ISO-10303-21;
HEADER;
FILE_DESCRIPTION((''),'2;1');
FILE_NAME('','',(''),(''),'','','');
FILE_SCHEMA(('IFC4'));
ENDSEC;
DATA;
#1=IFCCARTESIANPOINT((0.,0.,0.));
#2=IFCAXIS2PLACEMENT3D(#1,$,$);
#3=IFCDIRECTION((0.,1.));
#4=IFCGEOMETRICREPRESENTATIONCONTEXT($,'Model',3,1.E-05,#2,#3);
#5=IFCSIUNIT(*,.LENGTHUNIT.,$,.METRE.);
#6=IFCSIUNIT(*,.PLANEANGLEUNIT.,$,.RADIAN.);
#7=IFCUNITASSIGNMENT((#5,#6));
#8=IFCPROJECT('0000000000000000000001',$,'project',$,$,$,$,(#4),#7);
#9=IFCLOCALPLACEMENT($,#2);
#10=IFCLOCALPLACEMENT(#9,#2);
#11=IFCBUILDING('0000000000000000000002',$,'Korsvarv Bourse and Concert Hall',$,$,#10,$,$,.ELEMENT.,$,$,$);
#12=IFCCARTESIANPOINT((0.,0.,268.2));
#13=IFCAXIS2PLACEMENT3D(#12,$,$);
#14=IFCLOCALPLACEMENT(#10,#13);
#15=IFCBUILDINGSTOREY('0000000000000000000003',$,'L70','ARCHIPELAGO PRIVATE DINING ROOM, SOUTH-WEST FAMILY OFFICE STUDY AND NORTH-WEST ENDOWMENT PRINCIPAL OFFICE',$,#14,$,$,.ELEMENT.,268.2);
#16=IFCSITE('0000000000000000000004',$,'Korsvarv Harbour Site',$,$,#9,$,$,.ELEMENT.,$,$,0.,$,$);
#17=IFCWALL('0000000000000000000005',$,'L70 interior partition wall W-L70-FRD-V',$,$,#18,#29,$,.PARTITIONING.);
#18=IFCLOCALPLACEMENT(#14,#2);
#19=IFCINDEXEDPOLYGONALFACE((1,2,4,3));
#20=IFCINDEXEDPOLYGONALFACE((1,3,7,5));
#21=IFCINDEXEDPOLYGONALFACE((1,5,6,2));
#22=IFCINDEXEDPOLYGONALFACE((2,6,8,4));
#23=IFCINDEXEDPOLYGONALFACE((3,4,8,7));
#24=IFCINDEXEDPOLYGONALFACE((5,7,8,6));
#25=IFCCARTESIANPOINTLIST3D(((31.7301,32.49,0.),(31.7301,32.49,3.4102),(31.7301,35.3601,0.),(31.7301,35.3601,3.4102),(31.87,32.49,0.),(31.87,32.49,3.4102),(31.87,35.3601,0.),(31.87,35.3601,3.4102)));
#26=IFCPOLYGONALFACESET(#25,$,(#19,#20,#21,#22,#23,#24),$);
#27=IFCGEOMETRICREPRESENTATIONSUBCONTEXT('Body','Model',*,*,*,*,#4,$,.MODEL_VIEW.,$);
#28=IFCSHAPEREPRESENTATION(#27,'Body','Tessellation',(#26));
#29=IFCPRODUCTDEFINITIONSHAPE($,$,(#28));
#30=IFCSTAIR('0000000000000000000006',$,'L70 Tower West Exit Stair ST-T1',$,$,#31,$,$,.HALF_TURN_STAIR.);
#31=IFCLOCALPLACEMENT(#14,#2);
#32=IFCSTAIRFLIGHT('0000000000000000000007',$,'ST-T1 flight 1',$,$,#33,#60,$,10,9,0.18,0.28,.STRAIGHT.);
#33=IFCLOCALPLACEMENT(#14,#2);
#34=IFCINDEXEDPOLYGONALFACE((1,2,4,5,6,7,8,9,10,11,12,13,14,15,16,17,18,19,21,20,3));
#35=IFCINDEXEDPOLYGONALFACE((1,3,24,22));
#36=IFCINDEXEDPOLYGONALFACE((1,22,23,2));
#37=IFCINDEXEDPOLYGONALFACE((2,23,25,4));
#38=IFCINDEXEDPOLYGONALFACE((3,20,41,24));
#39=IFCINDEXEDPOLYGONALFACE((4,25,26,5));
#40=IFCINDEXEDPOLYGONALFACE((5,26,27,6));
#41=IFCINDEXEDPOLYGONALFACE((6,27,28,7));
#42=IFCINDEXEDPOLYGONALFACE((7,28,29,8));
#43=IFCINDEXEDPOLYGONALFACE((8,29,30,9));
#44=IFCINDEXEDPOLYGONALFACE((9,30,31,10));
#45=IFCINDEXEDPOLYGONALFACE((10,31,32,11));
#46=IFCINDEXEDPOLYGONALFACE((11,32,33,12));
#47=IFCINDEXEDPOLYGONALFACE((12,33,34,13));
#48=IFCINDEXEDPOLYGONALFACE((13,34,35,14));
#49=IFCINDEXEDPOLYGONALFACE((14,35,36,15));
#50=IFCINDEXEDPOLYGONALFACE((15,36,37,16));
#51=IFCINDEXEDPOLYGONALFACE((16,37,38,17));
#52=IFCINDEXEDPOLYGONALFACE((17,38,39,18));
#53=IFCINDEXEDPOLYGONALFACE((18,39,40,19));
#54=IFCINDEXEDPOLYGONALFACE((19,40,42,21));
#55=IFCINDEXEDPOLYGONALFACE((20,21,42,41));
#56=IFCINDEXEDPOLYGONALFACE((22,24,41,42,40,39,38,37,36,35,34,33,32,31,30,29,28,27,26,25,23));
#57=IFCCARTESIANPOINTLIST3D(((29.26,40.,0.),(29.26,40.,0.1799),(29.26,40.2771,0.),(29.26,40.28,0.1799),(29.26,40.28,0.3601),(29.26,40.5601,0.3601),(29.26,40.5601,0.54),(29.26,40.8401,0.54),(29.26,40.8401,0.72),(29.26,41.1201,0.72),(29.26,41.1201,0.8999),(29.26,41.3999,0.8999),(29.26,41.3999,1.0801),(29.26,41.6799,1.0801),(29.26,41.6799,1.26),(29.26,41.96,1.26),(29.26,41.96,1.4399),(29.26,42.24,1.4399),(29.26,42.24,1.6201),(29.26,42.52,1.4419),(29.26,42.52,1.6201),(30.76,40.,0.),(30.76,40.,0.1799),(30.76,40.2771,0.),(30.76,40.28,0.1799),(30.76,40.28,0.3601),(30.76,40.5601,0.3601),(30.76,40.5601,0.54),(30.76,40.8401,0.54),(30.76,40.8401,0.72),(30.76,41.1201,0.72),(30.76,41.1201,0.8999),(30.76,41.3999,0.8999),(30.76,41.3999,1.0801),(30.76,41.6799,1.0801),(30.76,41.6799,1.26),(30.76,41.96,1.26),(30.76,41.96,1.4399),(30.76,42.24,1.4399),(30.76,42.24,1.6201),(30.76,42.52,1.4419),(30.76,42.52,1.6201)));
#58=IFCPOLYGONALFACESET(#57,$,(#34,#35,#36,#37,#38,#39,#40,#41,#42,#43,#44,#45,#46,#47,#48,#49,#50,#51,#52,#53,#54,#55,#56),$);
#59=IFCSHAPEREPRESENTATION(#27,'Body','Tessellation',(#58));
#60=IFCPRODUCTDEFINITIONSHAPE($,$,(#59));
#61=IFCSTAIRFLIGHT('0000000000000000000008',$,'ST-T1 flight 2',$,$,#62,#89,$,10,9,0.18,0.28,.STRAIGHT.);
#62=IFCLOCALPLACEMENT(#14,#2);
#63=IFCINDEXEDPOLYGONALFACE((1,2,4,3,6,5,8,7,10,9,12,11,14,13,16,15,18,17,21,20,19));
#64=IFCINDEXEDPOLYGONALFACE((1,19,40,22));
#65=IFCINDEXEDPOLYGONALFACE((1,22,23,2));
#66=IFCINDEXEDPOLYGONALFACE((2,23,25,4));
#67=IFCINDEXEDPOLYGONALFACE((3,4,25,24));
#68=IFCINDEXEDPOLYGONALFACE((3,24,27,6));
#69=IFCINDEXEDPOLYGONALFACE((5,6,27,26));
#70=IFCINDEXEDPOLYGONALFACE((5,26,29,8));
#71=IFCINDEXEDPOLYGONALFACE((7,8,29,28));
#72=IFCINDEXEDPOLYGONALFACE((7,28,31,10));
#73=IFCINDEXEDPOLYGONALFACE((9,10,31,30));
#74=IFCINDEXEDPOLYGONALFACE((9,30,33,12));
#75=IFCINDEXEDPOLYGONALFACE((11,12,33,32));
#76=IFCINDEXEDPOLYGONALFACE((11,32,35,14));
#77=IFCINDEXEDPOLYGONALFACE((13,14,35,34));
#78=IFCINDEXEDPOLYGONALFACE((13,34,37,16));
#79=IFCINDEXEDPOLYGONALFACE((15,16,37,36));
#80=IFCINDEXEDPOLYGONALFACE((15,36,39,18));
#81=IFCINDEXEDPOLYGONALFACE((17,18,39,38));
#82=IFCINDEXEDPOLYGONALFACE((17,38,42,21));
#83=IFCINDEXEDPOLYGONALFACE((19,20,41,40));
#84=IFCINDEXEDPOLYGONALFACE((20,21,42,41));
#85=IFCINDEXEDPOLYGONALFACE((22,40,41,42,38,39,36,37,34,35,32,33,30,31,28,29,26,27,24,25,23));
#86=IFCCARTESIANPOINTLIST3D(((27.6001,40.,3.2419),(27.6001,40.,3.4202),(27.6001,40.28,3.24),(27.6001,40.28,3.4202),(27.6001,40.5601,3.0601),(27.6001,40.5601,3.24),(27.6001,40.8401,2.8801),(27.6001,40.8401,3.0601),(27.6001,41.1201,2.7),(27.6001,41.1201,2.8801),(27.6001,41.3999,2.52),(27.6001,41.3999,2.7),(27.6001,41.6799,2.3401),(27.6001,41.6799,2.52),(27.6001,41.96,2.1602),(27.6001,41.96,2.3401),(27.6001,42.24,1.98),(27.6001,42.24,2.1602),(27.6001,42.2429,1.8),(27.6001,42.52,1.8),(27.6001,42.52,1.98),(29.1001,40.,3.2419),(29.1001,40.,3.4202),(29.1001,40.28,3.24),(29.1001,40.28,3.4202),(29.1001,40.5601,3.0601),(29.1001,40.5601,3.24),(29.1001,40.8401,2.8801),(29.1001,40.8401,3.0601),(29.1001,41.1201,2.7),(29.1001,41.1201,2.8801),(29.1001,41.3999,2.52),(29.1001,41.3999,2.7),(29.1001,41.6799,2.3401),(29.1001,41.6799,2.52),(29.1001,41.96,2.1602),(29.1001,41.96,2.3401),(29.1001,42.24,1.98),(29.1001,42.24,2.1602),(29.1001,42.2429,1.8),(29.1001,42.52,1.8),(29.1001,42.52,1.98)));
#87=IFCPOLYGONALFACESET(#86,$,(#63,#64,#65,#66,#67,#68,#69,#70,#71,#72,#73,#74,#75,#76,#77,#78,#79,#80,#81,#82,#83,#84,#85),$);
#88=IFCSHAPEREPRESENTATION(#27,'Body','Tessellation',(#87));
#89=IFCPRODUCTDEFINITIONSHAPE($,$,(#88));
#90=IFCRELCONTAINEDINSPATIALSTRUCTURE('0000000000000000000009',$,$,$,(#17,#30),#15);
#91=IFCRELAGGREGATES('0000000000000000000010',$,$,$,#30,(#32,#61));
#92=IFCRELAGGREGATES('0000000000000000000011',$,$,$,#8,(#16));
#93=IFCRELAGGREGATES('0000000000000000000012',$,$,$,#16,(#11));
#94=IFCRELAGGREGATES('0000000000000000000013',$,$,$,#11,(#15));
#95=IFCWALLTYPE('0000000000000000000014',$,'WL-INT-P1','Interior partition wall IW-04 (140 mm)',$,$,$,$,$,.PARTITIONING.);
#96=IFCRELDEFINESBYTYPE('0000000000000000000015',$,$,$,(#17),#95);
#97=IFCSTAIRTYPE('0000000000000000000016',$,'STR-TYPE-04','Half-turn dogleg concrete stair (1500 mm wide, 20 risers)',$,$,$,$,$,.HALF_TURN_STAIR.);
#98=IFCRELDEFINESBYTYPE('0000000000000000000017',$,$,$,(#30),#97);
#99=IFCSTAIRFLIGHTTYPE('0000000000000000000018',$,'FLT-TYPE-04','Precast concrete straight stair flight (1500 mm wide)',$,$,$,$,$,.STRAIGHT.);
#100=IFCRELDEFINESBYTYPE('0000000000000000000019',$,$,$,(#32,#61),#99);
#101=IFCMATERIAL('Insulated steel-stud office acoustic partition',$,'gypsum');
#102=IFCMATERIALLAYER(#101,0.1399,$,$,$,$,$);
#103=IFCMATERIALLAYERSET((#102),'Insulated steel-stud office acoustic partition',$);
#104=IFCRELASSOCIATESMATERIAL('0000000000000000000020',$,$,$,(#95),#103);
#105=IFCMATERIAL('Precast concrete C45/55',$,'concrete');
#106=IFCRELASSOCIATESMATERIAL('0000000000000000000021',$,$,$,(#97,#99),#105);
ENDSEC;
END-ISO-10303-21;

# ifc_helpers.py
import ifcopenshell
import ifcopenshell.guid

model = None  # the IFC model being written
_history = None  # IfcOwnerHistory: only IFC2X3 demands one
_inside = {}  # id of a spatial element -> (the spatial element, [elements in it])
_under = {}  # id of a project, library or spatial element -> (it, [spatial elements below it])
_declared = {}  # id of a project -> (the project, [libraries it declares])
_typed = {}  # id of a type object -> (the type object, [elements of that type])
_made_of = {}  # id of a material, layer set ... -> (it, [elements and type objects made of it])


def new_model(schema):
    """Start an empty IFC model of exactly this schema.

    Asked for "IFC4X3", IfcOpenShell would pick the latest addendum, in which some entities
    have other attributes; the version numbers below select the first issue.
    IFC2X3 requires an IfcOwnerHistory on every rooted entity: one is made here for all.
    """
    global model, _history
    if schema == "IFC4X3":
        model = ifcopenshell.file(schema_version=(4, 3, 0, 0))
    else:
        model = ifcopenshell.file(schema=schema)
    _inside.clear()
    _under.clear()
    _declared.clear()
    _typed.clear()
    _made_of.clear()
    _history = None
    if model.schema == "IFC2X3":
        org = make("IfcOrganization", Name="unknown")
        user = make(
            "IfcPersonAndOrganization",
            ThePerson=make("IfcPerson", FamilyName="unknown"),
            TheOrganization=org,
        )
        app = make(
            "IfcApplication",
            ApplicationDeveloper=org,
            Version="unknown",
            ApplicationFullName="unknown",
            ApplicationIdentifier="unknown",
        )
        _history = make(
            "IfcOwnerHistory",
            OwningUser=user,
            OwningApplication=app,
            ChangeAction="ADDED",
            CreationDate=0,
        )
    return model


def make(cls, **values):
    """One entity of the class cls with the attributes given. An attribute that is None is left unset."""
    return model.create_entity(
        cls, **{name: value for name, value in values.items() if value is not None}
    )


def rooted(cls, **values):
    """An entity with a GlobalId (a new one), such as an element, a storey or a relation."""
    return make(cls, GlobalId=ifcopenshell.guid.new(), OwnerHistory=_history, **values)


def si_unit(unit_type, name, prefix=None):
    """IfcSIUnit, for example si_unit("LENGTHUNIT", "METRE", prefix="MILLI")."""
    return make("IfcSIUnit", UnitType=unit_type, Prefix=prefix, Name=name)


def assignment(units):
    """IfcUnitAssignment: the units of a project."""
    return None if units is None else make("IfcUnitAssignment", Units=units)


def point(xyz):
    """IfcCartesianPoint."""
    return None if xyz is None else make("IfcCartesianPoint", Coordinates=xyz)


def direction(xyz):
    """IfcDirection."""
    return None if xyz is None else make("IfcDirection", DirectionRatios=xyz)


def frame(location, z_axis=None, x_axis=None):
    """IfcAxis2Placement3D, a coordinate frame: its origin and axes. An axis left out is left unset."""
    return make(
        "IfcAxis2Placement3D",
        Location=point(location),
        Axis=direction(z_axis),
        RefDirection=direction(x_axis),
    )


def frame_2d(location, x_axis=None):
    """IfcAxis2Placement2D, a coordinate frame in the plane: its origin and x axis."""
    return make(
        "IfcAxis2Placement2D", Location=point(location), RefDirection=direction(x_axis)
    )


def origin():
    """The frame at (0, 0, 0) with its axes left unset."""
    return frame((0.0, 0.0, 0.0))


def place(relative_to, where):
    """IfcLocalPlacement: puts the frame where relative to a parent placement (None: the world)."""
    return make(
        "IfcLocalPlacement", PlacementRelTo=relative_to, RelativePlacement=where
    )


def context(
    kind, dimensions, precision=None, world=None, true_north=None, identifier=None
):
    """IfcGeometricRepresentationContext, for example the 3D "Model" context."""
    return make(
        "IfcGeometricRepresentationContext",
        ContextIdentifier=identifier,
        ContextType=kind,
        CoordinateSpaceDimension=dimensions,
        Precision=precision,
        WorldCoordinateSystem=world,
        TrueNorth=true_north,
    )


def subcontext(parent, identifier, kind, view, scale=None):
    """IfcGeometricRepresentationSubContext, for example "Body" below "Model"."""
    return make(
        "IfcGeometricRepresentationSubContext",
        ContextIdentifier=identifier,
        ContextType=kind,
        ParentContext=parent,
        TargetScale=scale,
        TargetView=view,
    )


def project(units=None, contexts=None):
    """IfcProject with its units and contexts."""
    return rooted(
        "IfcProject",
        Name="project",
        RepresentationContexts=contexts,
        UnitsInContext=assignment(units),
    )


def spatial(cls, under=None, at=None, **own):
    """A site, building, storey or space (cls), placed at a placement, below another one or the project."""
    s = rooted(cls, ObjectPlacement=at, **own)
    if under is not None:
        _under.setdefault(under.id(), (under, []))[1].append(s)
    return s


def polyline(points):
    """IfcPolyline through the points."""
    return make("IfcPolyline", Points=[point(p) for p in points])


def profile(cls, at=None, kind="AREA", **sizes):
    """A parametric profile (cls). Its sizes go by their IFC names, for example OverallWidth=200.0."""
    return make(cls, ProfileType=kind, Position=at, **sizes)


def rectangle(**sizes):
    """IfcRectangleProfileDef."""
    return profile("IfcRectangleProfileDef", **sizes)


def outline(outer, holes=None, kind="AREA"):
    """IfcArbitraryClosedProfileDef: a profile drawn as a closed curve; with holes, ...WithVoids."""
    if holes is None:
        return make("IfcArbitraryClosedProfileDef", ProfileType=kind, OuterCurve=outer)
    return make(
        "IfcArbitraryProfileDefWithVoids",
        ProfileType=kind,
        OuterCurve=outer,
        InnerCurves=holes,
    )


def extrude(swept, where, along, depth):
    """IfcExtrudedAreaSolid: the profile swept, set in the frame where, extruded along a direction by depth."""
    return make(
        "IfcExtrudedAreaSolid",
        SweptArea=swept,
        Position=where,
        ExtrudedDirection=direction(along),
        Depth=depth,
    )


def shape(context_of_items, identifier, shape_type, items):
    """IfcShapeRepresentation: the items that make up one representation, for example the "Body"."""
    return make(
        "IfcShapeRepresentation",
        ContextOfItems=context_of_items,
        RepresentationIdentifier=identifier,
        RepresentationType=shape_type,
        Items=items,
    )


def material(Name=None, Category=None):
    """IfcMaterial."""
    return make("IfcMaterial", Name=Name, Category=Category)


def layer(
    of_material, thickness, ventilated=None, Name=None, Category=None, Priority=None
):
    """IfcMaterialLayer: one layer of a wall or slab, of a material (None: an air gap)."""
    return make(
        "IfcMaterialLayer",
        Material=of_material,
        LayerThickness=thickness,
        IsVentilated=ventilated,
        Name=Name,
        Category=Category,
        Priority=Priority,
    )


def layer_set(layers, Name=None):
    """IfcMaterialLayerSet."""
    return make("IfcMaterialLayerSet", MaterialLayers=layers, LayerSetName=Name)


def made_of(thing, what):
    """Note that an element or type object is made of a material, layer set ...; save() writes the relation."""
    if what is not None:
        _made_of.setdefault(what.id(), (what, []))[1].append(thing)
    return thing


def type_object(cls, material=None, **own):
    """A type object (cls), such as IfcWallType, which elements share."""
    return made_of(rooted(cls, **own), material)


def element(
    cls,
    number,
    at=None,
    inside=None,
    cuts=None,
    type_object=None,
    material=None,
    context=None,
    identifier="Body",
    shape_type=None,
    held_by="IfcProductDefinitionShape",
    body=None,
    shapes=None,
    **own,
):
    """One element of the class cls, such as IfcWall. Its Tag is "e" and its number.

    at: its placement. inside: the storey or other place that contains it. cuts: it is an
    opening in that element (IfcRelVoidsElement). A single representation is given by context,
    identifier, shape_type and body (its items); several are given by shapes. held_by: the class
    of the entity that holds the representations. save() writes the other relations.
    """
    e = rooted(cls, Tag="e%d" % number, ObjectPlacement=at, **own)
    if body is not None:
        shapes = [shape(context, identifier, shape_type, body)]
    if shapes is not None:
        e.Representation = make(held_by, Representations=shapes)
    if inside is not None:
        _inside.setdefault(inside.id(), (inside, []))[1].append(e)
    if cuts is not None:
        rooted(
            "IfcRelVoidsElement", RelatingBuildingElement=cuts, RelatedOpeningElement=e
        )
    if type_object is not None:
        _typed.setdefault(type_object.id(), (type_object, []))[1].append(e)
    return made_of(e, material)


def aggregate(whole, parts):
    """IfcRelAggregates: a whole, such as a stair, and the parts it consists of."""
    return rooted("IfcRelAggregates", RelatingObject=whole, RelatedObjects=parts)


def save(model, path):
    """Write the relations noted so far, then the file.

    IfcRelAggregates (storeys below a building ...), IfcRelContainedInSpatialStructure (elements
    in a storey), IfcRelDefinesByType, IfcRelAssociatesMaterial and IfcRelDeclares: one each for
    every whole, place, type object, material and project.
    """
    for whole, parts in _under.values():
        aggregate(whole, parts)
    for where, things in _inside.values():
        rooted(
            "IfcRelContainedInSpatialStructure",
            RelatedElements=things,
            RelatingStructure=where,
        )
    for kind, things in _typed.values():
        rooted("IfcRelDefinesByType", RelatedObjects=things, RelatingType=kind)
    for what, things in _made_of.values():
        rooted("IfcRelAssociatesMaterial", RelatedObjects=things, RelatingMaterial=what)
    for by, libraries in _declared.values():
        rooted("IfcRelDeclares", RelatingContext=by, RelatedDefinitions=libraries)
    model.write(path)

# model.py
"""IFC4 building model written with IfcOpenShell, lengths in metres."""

from ifc_helpers import new_model, si_unit, direction, frame, frame_2d, origin, place, context, subcontext, project, spatial, polyline, rectangle, outline, extrude, material, layer, layer_set, type_object, element, aggregate, save


model = new_model("IFC4")

# Units and contexts
model_context = context("Model", 3, precision=1e-05, world=origin(), true_north=direction((0.0, 1.0)))
body_context = subcontext(model_context, "Body", "Model", "MODEL_VIEW")
ifc_project = project(units=[si_unit("LENGTHUNIT", "METRE"), si_unit("PLANEANGLEUNIT", "RADIAN")], contexts=[model_context])

# Site, building, storey
site_placement = place(None, origin())
site = spatial("IfcSite", under=ifc_project, at=site_placement, Name="Korsvarv Harbour Site", CompositionType="ELEMENT", RefElevation=0.0)
building_placement = place(site_placement, origin())
building = spatial("IfcBuilding", under=site, at=building_placement, Name="Korsvarv Bourse and Concert Hall", CompositionType="ELEMENT")
storey_placement = place(building_placement, frame((0.0, 0.0, 268.2)))
storey = spatial("IfcBuildingStorey", under=building, at=storey_placement, Name="L70", Description="ARCHIPELAGO PRIVATE DINING ROOM, SOUTH-WEST FAMILY OFFICE STUDY AND NORTH-WEST ENDOWMENT PRINCIPAL OFFICE", CompositionType="ELEMENT", Elevation=268.2)

# Wall
ifc_material_1 = material(Name="Insulated steel-stud office acoustic partition", Category="gypsum")
ifc_layer_1 = layer(ifc_material_1, 0.1399)
ifc_layer_set_1 = layer_set([ifc_layer_1], Name="Insulated steel-stud office acoustic partition")
wall_type_1 = type_object("IfcWallType", Name="WL-INT-P1", Description="Interior partition wall IW-04 (140 mm)", PredefinedType="PARTITIONING", material=ifc_layer_set_1)
wall_1_placement = place(storey_placement, frame((31.8, 32.49, 0.0), z_axis=(0.0, 0.0, 1.0), x_axis=(0.0, 1.0, 0.0)))
element("IfcWall", 1, at=wall_1_placement, inside=storey, type_object=wall_type_1, Name="L70 interior partition wall W-L70-FRD-V", PredefinedType="PARTITIONING", context=body_context, shape_type="SweptSolid", body=[
    extrude(rectangle(XDim=2.8701, YDim=0.1399, at=frame_2d((1.4351, 0.0))), origin(), (0.0, 0.0, 1.0), 3.4102),
])

# Stair, stair flights
ifc_material_2 = material(Name="Precast concrete C45/55", Category="concrete")
stair_type = type_object("IfcStairType", Name="STR-TYPE-04", Description="Half-turn dogleg concrete stair (1500 mm wide, 20 risers)", PredefinedType="HALF_TURN_STAIR", material=ifc_material_2)
stair_placement = place(storey_placement, origin())
stair = element("IfcStair", 2, at=stair_placement, inside=storey, type_object=stair_type, Name="L70 Tower West Exit Stair ST-T1", PredefinedType="HALF_TURN_STAIR")
stair_flight_type = type_object("IfcStairFlightType", Name="FLT-TYPE-04", Description="Precast concrete straight stair flight (1500 mm wide)", PredefinedType="STRAIGHT", material=ifc_material_2)
stair_flight_1_placement = place(storey_placement, frame((30.01, 40.0, 0.0), z_axis=(0.0, 0.0, 1.0), x_axis=(0.0, 1.0, 0.0)))
stair_flight_1 = element("IfcStairFlight", 3, at=stair_flight_1_placement, type_object=stair_flight_type, Name="ST-T1 flight 1", NumberOfRisers=10, NumberOfTreads=9, PredefinedType="STRAIGHT", RiserHeight=0.18, TreadLength=0.28, context=body_context, shape_type="SweptSolid", body=[
    extrude(outline(polyline([(0.0, 0.0), (0.0, 0.1799), (0.28, 0.1799), (0.28, 0.3601), (0.5601, 0.3601), (0.5601, 0.54), (0.8401, 0.54), (0.8401, 0.72), (1.1201, 0.72), (1.1201, 0.8999), (1.3999, 0.8999), (1.3999, 1.0801), (1.6799, 1.0801), (1.6799, 1.26), (1.96, 1.26), (1.96, 1.4399), (2.24, 1.4399), (2.24, 1.6201), (2.52, 1.6201), (2.52, 1.8), (2.52, 1.4419), (0.2771, 0.0), (0.0, 0.0)])), frame((0.0, 0.75, 0.0), z_axis=(0.0, -1.0, 0.0), x_axis=(1.0, 0.0, 0.0)), (0.0, 0.0, 1.0), 1.5),
])
stair_flight_2_placement = place(storey_placement, frame((28.3501, 42.52, 1.8), z_axis=(0.0, 0.0, 1.0), x_axis=(0.0, -1.0, 0.0)))
stair_flight_2 = element("IfcStairFlight", 4, at=stair_flight_2_placement, type_object=stair_flight_type, Name="ST-T1 flight 2", NumberOfRisers=10, NumberOfTreads=9, PredefinedType="STRAIGHT", RiserHeight=0.18, TreadLength=0.28, context=body_context, shape_type="SweptSolid", body=[
    extrude(outline(polyline([(0.0, 0.0), (0.0, 0.1799), (0.28, 0.1799), (0.28, 0.3601), (0.5601, 0.3601), (0.5601, 0.54), (0.8401, 0.54), (0.8401, 0.72), (1.1201, 0.72), (1.1201, 0.8999), (1.3999, 0.8999), (1.3999, 1.0801), (1.6799, 1.0801), (1.6799, 1.26), (1.96, 1.26), (1.96, 1.4399), (2.24, 1.4399), (2.24, 1.6201), (2.52, 1.6201), (2.52, 1.8), (2.52, 1.4419), (0.2771, 0.0), (0.0, 0.0)])), frame((0.0, 0.75, 0.0), z_axis=(0.0, -1.0, 0.0), x_axis=(1.0, 0.0, 0.0)), (0.0, 0.0, 1.0), 1.5),
])
aggregate(stair, [stair_flight_1, stair_flight_2])

save(model, "model.ifc")
